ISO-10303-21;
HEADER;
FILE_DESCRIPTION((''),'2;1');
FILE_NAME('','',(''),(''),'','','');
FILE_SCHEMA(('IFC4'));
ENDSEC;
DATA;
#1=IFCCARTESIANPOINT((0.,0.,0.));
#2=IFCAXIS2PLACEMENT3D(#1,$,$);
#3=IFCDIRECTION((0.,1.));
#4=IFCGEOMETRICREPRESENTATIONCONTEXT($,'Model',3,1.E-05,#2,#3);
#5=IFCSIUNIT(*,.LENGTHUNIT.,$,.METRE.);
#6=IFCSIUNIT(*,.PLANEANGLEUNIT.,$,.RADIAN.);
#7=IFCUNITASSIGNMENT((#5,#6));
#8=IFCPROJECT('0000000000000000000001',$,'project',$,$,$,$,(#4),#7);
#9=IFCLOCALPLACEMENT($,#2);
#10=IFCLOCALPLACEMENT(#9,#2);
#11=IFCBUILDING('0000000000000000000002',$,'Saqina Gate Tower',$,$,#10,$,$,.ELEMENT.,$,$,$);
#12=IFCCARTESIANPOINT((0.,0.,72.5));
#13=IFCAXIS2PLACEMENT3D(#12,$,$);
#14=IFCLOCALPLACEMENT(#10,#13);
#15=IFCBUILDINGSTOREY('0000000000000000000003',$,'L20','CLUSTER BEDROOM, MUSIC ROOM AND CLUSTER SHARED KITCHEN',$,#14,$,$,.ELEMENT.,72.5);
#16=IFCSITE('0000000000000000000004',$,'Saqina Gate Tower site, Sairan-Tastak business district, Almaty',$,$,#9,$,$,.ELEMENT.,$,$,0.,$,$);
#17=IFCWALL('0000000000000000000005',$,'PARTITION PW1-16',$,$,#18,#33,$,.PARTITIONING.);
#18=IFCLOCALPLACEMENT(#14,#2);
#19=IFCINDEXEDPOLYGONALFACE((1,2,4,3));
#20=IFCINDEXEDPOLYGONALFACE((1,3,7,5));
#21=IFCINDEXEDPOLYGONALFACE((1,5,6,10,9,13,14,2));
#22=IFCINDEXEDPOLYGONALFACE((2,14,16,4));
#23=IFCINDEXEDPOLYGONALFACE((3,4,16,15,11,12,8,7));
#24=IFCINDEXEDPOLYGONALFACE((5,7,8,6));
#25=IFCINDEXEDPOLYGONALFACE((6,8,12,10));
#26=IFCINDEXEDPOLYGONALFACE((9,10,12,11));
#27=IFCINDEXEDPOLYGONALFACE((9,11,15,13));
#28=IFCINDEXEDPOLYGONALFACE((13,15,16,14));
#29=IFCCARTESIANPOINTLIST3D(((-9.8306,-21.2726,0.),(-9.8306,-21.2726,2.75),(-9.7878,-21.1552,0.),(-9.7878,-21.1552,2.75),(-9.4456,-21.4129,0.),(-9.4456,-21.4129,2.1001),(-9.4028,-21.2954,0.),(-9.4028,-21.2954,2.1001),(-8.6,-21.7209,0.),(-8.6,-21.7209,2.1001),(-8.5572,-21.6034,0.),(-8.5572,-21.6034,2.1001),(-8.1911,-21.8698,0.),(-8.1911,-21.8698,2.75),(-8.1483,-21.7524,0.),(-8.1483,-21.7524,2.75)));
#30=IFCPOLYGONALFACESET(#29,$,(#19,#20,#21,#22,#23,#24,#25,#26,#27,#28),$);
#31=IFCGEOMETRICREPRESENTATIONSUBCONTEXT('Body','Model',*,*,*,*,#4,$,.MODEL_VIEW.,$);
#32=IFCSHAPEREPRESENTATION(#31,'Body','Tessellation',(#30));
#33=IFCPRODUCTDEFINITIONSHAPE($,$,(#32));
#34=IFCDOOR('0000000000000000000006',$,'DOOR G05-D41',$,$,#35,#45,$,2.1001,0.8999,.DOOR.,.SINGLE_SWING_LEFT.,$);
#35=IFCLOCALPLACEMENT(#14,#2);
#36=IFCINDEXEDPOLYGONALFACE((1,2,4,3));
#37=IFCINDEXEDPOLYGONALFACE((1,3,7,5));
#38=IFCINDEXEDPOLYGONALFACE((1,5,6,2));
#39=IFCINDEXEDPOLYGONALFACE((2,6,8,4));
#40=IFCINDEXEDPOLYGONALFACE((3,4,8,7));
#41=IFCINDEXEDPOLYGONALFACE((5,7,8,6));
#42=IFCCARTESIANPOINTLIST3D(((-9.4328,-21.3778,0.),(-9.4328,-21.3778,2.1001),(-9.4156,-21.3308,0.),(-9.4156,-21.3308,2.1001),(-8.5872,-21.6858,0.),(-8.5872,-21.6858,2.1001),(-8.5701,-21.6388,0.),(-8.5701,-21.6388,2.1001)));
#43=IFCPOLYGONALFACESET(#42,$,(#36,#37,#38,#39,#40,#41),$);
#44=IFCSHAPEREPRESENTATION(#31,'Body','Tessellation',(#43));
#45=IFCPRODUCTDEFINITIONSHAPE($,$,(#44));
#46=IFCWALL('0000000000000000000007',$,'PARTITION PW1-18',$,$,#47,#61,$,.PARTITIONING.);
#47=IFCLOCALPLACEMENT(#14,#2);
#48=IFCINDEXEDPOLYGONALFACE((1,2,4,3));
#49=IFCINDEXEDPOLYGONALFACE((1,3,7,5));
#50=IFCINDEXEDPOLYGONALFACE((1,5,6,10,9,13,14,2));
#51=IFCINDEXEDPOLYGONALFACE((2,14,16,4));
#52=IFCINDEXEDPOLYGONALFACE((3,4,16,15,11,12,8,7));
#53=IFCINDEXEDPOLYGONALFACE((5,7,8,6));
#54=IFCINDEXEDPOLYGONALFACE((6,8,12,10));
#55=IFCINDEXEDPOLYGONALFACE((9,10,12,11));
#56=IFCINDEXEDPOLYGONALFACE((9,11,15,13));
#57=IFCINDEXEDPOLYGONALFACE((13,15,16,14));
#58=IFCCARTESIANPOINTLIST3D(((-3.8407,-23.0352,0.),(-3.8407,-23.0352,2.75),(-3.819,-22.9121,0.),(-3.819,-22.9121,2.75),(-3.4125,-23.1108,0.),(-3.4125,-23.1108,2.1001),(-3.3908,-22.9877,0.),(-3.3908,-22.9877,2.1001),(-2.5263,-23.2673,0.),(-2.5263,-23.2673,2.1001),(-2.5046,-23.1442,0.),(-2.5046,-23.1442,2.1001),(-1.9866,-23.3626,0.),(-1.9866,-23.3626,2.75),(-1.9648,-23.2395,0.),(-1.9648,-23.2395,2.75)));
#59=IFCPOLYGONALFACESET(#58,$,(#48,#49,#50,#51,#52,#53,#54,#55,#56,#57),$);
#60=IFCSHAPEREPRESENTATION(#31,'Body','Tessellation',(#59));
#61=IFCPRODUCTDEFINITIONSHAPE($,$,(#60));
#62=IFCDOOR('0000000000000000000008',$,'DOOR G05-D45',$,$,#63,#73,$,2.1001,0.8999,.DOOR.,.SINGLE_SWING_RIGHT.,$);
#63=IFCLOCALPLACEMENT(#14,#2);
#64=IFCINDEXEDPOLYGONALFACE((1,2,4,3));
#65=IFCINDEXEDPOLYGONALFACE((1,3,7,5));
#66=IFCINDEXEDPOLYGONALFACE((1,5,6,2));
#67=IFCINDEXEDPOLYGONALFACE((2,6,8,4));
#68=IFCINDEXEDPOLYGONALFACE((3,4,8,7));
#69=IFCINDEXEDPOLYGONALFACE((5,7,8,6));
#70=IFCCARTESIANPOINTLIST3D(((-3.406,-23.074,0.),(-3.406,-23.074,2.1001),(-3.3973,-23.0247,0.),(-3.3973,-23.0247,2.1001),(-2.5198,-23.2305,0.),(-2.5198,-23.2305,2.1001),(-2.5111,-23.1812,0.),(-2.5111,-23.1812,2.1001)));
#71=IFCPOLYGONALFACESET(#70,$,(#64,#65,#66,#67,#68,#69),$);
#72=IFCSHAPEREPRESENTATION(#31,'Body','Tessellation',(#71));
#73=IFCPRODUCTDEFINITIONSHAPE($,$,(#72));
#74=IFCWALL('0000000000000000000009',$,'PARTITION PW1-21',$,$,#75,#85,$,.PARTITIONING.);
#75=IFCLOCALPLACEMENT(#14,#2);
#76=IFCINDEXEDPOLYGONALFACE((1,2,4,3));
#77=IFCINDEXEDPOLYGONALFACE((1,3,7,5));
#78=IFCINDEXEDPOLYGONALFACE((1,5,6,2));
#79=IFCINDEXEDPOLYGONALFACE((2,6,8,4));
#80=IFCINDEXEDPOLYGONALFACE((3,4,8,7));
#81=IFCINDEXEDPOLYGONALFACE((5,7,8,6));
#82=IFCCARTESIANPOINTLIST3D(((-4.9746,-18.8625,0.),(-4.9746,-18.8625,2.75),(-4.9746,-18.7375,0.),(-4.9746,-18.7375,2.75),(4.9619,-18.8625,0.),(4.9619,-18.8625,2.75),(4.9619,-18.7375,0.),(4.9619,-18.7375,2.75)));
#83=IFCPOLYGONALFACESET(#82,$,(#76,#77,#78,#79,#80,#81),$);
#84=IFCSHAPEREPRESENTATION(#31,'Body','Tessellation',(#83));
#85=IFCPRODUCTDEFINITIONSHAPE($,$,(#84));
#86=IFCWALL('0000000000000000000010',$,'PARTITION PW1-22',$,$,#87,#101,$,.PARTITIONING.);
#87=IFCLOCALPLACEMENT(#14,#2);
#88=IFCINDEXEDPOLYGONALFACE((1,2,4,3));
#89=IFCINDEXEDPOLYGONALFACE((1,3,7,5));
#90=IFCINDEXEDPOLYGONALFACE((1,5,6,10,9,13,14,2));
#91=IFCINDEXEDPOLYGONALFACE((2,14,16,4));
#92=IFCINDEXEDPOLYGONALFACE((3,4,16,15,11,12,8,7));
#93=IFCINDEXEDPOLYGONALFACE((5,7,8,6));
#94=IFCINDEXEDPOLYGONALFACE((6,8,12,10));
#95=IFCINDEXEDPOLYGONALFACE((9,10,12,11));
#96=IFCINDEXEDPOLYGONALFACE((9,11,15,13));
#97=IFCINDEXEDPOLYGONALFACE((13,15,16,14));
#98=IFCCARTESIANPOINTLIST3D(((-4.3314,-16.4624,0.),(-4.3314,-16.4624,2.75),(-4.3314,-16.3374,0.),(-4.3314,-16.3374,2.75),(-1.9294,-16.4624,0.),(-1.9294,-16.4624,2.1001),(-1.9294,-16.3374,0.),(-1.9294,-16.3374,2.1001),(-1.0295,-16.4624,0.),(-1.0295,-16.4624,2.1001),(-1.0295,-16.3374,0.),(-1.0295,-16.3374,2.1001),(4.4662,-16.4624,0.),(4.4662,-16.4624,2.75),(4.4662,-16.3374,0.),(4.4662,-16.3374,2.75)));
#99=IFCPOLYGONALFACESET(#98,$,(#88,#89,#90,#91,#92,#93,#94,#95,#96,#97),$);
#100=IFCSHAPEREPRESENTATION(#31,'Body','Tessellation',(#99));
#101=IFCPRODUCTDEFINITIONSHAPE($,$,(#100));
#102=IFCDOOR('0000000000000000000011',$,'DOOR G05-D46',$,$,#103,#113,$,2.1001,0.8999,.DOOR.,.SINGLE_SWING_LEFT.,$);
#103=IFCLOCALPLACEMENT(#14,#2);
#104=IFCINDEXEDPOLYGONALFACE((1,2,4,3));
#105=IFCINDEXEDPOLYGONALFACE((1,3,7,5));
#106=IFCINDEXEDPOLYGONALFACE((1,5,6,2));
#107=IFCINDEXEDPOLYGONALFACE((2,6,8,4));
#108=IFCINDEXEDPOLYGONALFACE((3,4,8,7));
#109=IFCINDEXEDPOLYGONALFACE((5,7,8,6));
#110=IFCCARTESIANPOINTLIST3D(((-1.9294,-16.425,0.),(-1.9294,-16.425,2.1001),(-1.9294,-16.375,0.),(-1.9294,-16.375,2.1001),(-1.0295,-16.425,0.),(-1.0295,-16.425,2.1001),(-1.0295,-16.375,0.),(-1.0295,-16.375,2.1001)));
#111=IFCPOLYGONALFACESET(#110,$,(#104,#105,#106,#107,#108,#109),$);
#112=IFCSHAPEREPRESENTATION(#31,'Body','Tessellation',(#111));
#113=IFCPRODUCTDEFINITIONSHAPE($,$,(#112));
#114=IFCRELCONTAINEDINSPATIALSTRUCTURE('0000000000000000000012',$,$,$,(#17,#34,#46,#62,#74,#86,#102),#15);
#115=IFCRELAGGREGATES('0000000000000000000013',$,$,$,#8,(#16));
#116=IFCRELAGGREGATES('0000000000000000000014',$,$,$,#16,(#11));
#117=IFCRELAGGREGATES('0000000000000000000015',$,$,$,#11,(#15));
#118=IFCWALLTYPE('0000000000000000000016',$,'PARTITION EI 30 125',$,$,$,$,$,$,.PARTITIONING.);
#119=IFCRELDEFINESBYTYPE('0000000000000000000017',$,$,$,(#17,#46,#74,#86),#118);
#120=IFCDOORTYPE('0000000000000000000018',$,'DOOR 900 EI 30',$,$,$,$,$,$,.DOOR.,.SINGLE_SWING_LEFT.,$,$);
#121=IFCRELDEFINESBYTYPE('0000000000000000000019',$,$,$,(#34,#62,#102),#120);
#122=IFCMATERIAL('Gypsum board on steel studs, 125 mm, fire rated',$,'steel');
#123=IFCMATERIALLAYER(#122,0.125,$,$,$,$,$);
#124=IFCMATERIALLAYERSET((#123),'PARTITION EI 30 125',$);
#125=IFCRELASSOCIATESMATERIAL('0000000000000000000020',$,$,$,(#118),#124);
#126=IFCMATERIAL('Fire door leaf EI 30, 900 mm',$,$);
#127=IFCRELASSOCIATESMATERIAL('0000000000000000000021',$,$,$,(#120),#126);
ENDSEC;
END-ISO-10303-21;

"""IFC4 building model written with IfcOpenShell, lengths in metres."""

from ifc_helpers import new_model, si_unit, direction, frame, frame_2d, origin, place, context, subcontext, project, spatial, rectangle, extrude, material, layer, layer_set, type_object, element, fill, save


model = new_model("IFC4")

# Units and contexts
model_context = context("Model", 3, precision=1e-05, world=origin(), true_north=direction((0.0, 1.0)))
body_context = subcontext(model_context, "Body", "Model", "MODEL_VIEW")
ifc_project = project(units=[si_unit("LENGTHUNIT", "METRE"), si_unit("PLANEANGLEUNIT", "RADIAN")], contexts=[model_context])

# Site, building, storey
site_placement = place(None, origin())
site = spatial("IfcSite", under=ifc_project, at=site_placement, Name="Saqina Gate Tower site, Sairan-Tastak business district, Almaty", CompositionType="ELEMENT", RefElevation=0.0)
building_placement = place(site_placement, origin())
building = spatial("IfcBuilding", under=site, at=building_placement, Name="Saqina Gate Tower", CompositionType="ELEMENT")
storey_placement = place(building_placement, frame((0.0, 0.0, 72.5)))
storey = spatial("IfcBuildingStorey", under=building, at=storey_placement, Name="L20", Description="CLUSTER BEDROOM, MUSIC ROOM AND CLUSTER SHARED KITCHEN", CompositionType="ELEMENT", Elevation=72.5)

# Walls, openings, doors
ifc_material_1 = material(Name="Gypsum board on steel studs, 125 mm, fire rated", Category="steel")
ifc_layer_1 = layer(ifc_material_1, 0.125)
ifc_layer_set_1 = layer_set([ifc_layer_1], Name="PARTITION EI 30 125")
wall_type_1 = type_object("IfcWallType", Name="PARTITION EI 30 125", PredefinedType="PARTITIONING", material=ifc_layer_set_1)
wall_1_placement = place(storey_placement, frame((-9.8093, -21.2139, 0.0), z_axis=(0.0, 0.0, 1.0), x_axis=(0.939605, -0.34226, 0.0)))
wall_1 = element("IfcWall", 1, at=wall_1_placement, inside=storey, type_object=wall_type_1, Name="PARTITION PW1-16", PredefinedType="PARTITIONING", context=body_context, shape_type="SweptSolid", body=[
    extrude(rectangle(XDim=1.7449, YDim=0.125, at=frame_2d((0.8726, 0.0))), origin(), (0.0, 0.0, 1.0), 2.75),
])
opening_1_placement = place(wall_1_placement, frame((0.4099, 0.0, 0.0)))
opening_1 = element("IfcOpeningElement", 2, at=opening_1_placement, cuts=wall_1, PredefinedType="OPENING", context=body_context, shape_type="SweptSolid", body=[
    extrude(rectangle(XDim=0.8999, YDim=2.1001, at=frame_2d((0.45, 1.05))), frame((0.0, 0.0745, 0.0), z_axis=(0.0, -1.0, 0.0), x_axis=(1.0, 0.0, 0.0)), (0.0, 0.0, 1.0), 0.1489),
])
ifc_material_2 = material(Name="Fire door leaf EI 30, 900 mm")
door_type_1 = type_object("IfcDoorType", Name="DOOR 900 EI 30", OperationType="SINGLE_SWING_LEFT", PredefinedType="DOOR", material=ifc_material_2)
door_1_placement = place(opening_1_placement, origin())
door_1 = element("IfcDoor", 3, at=door_1_placement, inside=storey, type_object=door_type_1, Name="DOOR G05-D41", OperationType="SINGLE_SWING_LEFT", OverallHeight=2.1001, OverallWidth=0.8999, PredefinedType="DOOR", context=body_context, shape_type="SweptSolid", body=[
    extrude(rectangle(XDim=0.8999, YDim=2.1001, at=frame_2d((0.45, 1.05))), frame((0.0, 0.0249, 0.0), z_axis=(0.0, -1.0, 0.0), x_axis=(1.0, 0.0, 0.0)), (0.0, 0.0, 1.0), 0.05),
])
fill(opening_1, door_1)
wall_2_placement = place(storey_placement, frame((-3.8298, -22.9736, 0.0), z_axis=(0.0, 0.0, 1.0), x_axis=(0.984768, -0.173874, 0.0)))
wall_2 = element("IfcWall", 4, at=wall_2_placement, inside=storey, type_object=wall_type_1, Name="PARTITION PW1-18", PredefinedType="PARTITIONING", context=body_context, shape_type="SweptSolid", body=[
    extrude(rectangle(XDim=1.8828, YDim=0.125, at=frame_2d((0.9414, 0.0))), origin(), (0.0, 0.0, 1.0), 2.75),
])
opening_2_placement = place(wall_2_placement, frame((0.4348, 0.0, 0.0)))
opening_2 = element("IfcOpeningElement", 5, at=opening_2_placement, cuts=wall_2, PredefinedType="OPENING", context=body_context, shape_type="SweptSolid", body=[
    extrude(rectangle(XDim=0.8999, YDim=2.1001, at=frame_2d((0.45, 1.05))), frame((0.0, 0.0745, 0.0), z_axis=(0.0, -1.0, 0.0), x_axis=(1.0, 0.0, 0.0)), (0.0, 0.0, 1.0), 0.1489),
])
door_2_placement = place(opening_2_placement, origin())
door_2 = element("IfcDoor", 6, at=door_2_placement, inside=storey, type_object=door_type_1, Name="DOOR G05-D45", OperationType="SINGLE_SWING_RIGHT", OverallHeight=2.1001, OverallWidth=0.8999, PredefinedType="DOOR", context=body_context, shape_type="SweptSolid", body=[
    extrude(rectangle(XDim=0.8999, YDim=2.1001, at=frame_2d((0.45, 1.05))), frame((0.0, 0.0249, 0.0), z_axis=(0.0, -1.0, 0.0), x_axis=(1.0, 0.0, 0.0)), (0.0, 0.0, 1.0), 0.05),
])
fill(opening_2, door_2)

# Wall
wall_3_placement = place(storey_placement, frame((-4.9746, -18.8, 0.0), z_axis=(0.0, 0.0, 1.0), x_axis=(1.0, 0.0, 0.0)))
element("IfcWall", 7, at=wall_3_placement, inside=storey, type_object=wall_type_1, Name="PARTITION PW1-21", PredefinedType="PARTITIONING", context=body_context, shape_type="SweptSolid", body=[
    extrude(rectangle(XDim=9.9365, YDim=0.125, at=frame_2d((4.9683, 0.0))), origin(), (0.0, 0.0, 1.0), 2.75),
])

# Wall, opening, door
wall_4_placement = place(storey_placement, frame((-4.3315, -16.3999, 0.0), z_axis=(0.0, 0.0, 1.0), x_axis=(1.0, 0.0, 0.0)))
wall_4 = element("IfcWall", 8, at=wall_4_placement, inside=storey, type_object=wall_type_1, Name="PARTITION PW1-22", PredefinedType="PARTITIONING", context=body_context, shape_type="SweptSolid", body=[
    extrude(rectangle(XDim=8.7976, YDim=0.125, at=frame_2d((4.3989, 0.0))), origin(), (0.0, 0.0, 1.0), 2.75),
])
opening_3_placement = place(wall_4_placement, frame((2.4021, 0.0, 0.0)))
opening_3 = element("IfcOpeningElement", 9, at=opening_3_placement, cuts=wall_4, PredefinedType="OPENING", context=body_context, shape_type="SweptSolid", body=[
    extrude(rectangle(XDim=0.8999, YDim=2.1001, at=frame_2d((0.45, 1.05))), frame((0.0, 0.0745, 0.0), z_axis=(0.0, -1.0, 0.0), x_axis=(1.0, 0.0, 0.0)), (0.0, 0.0, 1.0), 0.1489),
])
door_3_placement = place(opening_3_placement, origin())
door_3 = element("IfcDoor", 10, at=door_3_placement, inside=storey, type_object=door_type_1, Name="DOOR G05-D46", OperationType="SINGLE_SWING_LEFT", OverallHeight=2.1001, OverallWidth=0.8999, PredefinedType="DOOR", context=body_context, shape_type="SweptSolid", body=[
    extrude(rectangle(XDim=0.8999, YDim=2.1001, at=frame_2d((0.45, 1.05))), frame((0.0, 0.0249, 0.0), z_axis=(0.0, -1.0, 0.0), x_axis=(1.0, 0.0, 0.0)), (0.0, 0.0, 1.0), 0.05),
])
fill(opening_3, door_3)

save(model, "model.ifc")
